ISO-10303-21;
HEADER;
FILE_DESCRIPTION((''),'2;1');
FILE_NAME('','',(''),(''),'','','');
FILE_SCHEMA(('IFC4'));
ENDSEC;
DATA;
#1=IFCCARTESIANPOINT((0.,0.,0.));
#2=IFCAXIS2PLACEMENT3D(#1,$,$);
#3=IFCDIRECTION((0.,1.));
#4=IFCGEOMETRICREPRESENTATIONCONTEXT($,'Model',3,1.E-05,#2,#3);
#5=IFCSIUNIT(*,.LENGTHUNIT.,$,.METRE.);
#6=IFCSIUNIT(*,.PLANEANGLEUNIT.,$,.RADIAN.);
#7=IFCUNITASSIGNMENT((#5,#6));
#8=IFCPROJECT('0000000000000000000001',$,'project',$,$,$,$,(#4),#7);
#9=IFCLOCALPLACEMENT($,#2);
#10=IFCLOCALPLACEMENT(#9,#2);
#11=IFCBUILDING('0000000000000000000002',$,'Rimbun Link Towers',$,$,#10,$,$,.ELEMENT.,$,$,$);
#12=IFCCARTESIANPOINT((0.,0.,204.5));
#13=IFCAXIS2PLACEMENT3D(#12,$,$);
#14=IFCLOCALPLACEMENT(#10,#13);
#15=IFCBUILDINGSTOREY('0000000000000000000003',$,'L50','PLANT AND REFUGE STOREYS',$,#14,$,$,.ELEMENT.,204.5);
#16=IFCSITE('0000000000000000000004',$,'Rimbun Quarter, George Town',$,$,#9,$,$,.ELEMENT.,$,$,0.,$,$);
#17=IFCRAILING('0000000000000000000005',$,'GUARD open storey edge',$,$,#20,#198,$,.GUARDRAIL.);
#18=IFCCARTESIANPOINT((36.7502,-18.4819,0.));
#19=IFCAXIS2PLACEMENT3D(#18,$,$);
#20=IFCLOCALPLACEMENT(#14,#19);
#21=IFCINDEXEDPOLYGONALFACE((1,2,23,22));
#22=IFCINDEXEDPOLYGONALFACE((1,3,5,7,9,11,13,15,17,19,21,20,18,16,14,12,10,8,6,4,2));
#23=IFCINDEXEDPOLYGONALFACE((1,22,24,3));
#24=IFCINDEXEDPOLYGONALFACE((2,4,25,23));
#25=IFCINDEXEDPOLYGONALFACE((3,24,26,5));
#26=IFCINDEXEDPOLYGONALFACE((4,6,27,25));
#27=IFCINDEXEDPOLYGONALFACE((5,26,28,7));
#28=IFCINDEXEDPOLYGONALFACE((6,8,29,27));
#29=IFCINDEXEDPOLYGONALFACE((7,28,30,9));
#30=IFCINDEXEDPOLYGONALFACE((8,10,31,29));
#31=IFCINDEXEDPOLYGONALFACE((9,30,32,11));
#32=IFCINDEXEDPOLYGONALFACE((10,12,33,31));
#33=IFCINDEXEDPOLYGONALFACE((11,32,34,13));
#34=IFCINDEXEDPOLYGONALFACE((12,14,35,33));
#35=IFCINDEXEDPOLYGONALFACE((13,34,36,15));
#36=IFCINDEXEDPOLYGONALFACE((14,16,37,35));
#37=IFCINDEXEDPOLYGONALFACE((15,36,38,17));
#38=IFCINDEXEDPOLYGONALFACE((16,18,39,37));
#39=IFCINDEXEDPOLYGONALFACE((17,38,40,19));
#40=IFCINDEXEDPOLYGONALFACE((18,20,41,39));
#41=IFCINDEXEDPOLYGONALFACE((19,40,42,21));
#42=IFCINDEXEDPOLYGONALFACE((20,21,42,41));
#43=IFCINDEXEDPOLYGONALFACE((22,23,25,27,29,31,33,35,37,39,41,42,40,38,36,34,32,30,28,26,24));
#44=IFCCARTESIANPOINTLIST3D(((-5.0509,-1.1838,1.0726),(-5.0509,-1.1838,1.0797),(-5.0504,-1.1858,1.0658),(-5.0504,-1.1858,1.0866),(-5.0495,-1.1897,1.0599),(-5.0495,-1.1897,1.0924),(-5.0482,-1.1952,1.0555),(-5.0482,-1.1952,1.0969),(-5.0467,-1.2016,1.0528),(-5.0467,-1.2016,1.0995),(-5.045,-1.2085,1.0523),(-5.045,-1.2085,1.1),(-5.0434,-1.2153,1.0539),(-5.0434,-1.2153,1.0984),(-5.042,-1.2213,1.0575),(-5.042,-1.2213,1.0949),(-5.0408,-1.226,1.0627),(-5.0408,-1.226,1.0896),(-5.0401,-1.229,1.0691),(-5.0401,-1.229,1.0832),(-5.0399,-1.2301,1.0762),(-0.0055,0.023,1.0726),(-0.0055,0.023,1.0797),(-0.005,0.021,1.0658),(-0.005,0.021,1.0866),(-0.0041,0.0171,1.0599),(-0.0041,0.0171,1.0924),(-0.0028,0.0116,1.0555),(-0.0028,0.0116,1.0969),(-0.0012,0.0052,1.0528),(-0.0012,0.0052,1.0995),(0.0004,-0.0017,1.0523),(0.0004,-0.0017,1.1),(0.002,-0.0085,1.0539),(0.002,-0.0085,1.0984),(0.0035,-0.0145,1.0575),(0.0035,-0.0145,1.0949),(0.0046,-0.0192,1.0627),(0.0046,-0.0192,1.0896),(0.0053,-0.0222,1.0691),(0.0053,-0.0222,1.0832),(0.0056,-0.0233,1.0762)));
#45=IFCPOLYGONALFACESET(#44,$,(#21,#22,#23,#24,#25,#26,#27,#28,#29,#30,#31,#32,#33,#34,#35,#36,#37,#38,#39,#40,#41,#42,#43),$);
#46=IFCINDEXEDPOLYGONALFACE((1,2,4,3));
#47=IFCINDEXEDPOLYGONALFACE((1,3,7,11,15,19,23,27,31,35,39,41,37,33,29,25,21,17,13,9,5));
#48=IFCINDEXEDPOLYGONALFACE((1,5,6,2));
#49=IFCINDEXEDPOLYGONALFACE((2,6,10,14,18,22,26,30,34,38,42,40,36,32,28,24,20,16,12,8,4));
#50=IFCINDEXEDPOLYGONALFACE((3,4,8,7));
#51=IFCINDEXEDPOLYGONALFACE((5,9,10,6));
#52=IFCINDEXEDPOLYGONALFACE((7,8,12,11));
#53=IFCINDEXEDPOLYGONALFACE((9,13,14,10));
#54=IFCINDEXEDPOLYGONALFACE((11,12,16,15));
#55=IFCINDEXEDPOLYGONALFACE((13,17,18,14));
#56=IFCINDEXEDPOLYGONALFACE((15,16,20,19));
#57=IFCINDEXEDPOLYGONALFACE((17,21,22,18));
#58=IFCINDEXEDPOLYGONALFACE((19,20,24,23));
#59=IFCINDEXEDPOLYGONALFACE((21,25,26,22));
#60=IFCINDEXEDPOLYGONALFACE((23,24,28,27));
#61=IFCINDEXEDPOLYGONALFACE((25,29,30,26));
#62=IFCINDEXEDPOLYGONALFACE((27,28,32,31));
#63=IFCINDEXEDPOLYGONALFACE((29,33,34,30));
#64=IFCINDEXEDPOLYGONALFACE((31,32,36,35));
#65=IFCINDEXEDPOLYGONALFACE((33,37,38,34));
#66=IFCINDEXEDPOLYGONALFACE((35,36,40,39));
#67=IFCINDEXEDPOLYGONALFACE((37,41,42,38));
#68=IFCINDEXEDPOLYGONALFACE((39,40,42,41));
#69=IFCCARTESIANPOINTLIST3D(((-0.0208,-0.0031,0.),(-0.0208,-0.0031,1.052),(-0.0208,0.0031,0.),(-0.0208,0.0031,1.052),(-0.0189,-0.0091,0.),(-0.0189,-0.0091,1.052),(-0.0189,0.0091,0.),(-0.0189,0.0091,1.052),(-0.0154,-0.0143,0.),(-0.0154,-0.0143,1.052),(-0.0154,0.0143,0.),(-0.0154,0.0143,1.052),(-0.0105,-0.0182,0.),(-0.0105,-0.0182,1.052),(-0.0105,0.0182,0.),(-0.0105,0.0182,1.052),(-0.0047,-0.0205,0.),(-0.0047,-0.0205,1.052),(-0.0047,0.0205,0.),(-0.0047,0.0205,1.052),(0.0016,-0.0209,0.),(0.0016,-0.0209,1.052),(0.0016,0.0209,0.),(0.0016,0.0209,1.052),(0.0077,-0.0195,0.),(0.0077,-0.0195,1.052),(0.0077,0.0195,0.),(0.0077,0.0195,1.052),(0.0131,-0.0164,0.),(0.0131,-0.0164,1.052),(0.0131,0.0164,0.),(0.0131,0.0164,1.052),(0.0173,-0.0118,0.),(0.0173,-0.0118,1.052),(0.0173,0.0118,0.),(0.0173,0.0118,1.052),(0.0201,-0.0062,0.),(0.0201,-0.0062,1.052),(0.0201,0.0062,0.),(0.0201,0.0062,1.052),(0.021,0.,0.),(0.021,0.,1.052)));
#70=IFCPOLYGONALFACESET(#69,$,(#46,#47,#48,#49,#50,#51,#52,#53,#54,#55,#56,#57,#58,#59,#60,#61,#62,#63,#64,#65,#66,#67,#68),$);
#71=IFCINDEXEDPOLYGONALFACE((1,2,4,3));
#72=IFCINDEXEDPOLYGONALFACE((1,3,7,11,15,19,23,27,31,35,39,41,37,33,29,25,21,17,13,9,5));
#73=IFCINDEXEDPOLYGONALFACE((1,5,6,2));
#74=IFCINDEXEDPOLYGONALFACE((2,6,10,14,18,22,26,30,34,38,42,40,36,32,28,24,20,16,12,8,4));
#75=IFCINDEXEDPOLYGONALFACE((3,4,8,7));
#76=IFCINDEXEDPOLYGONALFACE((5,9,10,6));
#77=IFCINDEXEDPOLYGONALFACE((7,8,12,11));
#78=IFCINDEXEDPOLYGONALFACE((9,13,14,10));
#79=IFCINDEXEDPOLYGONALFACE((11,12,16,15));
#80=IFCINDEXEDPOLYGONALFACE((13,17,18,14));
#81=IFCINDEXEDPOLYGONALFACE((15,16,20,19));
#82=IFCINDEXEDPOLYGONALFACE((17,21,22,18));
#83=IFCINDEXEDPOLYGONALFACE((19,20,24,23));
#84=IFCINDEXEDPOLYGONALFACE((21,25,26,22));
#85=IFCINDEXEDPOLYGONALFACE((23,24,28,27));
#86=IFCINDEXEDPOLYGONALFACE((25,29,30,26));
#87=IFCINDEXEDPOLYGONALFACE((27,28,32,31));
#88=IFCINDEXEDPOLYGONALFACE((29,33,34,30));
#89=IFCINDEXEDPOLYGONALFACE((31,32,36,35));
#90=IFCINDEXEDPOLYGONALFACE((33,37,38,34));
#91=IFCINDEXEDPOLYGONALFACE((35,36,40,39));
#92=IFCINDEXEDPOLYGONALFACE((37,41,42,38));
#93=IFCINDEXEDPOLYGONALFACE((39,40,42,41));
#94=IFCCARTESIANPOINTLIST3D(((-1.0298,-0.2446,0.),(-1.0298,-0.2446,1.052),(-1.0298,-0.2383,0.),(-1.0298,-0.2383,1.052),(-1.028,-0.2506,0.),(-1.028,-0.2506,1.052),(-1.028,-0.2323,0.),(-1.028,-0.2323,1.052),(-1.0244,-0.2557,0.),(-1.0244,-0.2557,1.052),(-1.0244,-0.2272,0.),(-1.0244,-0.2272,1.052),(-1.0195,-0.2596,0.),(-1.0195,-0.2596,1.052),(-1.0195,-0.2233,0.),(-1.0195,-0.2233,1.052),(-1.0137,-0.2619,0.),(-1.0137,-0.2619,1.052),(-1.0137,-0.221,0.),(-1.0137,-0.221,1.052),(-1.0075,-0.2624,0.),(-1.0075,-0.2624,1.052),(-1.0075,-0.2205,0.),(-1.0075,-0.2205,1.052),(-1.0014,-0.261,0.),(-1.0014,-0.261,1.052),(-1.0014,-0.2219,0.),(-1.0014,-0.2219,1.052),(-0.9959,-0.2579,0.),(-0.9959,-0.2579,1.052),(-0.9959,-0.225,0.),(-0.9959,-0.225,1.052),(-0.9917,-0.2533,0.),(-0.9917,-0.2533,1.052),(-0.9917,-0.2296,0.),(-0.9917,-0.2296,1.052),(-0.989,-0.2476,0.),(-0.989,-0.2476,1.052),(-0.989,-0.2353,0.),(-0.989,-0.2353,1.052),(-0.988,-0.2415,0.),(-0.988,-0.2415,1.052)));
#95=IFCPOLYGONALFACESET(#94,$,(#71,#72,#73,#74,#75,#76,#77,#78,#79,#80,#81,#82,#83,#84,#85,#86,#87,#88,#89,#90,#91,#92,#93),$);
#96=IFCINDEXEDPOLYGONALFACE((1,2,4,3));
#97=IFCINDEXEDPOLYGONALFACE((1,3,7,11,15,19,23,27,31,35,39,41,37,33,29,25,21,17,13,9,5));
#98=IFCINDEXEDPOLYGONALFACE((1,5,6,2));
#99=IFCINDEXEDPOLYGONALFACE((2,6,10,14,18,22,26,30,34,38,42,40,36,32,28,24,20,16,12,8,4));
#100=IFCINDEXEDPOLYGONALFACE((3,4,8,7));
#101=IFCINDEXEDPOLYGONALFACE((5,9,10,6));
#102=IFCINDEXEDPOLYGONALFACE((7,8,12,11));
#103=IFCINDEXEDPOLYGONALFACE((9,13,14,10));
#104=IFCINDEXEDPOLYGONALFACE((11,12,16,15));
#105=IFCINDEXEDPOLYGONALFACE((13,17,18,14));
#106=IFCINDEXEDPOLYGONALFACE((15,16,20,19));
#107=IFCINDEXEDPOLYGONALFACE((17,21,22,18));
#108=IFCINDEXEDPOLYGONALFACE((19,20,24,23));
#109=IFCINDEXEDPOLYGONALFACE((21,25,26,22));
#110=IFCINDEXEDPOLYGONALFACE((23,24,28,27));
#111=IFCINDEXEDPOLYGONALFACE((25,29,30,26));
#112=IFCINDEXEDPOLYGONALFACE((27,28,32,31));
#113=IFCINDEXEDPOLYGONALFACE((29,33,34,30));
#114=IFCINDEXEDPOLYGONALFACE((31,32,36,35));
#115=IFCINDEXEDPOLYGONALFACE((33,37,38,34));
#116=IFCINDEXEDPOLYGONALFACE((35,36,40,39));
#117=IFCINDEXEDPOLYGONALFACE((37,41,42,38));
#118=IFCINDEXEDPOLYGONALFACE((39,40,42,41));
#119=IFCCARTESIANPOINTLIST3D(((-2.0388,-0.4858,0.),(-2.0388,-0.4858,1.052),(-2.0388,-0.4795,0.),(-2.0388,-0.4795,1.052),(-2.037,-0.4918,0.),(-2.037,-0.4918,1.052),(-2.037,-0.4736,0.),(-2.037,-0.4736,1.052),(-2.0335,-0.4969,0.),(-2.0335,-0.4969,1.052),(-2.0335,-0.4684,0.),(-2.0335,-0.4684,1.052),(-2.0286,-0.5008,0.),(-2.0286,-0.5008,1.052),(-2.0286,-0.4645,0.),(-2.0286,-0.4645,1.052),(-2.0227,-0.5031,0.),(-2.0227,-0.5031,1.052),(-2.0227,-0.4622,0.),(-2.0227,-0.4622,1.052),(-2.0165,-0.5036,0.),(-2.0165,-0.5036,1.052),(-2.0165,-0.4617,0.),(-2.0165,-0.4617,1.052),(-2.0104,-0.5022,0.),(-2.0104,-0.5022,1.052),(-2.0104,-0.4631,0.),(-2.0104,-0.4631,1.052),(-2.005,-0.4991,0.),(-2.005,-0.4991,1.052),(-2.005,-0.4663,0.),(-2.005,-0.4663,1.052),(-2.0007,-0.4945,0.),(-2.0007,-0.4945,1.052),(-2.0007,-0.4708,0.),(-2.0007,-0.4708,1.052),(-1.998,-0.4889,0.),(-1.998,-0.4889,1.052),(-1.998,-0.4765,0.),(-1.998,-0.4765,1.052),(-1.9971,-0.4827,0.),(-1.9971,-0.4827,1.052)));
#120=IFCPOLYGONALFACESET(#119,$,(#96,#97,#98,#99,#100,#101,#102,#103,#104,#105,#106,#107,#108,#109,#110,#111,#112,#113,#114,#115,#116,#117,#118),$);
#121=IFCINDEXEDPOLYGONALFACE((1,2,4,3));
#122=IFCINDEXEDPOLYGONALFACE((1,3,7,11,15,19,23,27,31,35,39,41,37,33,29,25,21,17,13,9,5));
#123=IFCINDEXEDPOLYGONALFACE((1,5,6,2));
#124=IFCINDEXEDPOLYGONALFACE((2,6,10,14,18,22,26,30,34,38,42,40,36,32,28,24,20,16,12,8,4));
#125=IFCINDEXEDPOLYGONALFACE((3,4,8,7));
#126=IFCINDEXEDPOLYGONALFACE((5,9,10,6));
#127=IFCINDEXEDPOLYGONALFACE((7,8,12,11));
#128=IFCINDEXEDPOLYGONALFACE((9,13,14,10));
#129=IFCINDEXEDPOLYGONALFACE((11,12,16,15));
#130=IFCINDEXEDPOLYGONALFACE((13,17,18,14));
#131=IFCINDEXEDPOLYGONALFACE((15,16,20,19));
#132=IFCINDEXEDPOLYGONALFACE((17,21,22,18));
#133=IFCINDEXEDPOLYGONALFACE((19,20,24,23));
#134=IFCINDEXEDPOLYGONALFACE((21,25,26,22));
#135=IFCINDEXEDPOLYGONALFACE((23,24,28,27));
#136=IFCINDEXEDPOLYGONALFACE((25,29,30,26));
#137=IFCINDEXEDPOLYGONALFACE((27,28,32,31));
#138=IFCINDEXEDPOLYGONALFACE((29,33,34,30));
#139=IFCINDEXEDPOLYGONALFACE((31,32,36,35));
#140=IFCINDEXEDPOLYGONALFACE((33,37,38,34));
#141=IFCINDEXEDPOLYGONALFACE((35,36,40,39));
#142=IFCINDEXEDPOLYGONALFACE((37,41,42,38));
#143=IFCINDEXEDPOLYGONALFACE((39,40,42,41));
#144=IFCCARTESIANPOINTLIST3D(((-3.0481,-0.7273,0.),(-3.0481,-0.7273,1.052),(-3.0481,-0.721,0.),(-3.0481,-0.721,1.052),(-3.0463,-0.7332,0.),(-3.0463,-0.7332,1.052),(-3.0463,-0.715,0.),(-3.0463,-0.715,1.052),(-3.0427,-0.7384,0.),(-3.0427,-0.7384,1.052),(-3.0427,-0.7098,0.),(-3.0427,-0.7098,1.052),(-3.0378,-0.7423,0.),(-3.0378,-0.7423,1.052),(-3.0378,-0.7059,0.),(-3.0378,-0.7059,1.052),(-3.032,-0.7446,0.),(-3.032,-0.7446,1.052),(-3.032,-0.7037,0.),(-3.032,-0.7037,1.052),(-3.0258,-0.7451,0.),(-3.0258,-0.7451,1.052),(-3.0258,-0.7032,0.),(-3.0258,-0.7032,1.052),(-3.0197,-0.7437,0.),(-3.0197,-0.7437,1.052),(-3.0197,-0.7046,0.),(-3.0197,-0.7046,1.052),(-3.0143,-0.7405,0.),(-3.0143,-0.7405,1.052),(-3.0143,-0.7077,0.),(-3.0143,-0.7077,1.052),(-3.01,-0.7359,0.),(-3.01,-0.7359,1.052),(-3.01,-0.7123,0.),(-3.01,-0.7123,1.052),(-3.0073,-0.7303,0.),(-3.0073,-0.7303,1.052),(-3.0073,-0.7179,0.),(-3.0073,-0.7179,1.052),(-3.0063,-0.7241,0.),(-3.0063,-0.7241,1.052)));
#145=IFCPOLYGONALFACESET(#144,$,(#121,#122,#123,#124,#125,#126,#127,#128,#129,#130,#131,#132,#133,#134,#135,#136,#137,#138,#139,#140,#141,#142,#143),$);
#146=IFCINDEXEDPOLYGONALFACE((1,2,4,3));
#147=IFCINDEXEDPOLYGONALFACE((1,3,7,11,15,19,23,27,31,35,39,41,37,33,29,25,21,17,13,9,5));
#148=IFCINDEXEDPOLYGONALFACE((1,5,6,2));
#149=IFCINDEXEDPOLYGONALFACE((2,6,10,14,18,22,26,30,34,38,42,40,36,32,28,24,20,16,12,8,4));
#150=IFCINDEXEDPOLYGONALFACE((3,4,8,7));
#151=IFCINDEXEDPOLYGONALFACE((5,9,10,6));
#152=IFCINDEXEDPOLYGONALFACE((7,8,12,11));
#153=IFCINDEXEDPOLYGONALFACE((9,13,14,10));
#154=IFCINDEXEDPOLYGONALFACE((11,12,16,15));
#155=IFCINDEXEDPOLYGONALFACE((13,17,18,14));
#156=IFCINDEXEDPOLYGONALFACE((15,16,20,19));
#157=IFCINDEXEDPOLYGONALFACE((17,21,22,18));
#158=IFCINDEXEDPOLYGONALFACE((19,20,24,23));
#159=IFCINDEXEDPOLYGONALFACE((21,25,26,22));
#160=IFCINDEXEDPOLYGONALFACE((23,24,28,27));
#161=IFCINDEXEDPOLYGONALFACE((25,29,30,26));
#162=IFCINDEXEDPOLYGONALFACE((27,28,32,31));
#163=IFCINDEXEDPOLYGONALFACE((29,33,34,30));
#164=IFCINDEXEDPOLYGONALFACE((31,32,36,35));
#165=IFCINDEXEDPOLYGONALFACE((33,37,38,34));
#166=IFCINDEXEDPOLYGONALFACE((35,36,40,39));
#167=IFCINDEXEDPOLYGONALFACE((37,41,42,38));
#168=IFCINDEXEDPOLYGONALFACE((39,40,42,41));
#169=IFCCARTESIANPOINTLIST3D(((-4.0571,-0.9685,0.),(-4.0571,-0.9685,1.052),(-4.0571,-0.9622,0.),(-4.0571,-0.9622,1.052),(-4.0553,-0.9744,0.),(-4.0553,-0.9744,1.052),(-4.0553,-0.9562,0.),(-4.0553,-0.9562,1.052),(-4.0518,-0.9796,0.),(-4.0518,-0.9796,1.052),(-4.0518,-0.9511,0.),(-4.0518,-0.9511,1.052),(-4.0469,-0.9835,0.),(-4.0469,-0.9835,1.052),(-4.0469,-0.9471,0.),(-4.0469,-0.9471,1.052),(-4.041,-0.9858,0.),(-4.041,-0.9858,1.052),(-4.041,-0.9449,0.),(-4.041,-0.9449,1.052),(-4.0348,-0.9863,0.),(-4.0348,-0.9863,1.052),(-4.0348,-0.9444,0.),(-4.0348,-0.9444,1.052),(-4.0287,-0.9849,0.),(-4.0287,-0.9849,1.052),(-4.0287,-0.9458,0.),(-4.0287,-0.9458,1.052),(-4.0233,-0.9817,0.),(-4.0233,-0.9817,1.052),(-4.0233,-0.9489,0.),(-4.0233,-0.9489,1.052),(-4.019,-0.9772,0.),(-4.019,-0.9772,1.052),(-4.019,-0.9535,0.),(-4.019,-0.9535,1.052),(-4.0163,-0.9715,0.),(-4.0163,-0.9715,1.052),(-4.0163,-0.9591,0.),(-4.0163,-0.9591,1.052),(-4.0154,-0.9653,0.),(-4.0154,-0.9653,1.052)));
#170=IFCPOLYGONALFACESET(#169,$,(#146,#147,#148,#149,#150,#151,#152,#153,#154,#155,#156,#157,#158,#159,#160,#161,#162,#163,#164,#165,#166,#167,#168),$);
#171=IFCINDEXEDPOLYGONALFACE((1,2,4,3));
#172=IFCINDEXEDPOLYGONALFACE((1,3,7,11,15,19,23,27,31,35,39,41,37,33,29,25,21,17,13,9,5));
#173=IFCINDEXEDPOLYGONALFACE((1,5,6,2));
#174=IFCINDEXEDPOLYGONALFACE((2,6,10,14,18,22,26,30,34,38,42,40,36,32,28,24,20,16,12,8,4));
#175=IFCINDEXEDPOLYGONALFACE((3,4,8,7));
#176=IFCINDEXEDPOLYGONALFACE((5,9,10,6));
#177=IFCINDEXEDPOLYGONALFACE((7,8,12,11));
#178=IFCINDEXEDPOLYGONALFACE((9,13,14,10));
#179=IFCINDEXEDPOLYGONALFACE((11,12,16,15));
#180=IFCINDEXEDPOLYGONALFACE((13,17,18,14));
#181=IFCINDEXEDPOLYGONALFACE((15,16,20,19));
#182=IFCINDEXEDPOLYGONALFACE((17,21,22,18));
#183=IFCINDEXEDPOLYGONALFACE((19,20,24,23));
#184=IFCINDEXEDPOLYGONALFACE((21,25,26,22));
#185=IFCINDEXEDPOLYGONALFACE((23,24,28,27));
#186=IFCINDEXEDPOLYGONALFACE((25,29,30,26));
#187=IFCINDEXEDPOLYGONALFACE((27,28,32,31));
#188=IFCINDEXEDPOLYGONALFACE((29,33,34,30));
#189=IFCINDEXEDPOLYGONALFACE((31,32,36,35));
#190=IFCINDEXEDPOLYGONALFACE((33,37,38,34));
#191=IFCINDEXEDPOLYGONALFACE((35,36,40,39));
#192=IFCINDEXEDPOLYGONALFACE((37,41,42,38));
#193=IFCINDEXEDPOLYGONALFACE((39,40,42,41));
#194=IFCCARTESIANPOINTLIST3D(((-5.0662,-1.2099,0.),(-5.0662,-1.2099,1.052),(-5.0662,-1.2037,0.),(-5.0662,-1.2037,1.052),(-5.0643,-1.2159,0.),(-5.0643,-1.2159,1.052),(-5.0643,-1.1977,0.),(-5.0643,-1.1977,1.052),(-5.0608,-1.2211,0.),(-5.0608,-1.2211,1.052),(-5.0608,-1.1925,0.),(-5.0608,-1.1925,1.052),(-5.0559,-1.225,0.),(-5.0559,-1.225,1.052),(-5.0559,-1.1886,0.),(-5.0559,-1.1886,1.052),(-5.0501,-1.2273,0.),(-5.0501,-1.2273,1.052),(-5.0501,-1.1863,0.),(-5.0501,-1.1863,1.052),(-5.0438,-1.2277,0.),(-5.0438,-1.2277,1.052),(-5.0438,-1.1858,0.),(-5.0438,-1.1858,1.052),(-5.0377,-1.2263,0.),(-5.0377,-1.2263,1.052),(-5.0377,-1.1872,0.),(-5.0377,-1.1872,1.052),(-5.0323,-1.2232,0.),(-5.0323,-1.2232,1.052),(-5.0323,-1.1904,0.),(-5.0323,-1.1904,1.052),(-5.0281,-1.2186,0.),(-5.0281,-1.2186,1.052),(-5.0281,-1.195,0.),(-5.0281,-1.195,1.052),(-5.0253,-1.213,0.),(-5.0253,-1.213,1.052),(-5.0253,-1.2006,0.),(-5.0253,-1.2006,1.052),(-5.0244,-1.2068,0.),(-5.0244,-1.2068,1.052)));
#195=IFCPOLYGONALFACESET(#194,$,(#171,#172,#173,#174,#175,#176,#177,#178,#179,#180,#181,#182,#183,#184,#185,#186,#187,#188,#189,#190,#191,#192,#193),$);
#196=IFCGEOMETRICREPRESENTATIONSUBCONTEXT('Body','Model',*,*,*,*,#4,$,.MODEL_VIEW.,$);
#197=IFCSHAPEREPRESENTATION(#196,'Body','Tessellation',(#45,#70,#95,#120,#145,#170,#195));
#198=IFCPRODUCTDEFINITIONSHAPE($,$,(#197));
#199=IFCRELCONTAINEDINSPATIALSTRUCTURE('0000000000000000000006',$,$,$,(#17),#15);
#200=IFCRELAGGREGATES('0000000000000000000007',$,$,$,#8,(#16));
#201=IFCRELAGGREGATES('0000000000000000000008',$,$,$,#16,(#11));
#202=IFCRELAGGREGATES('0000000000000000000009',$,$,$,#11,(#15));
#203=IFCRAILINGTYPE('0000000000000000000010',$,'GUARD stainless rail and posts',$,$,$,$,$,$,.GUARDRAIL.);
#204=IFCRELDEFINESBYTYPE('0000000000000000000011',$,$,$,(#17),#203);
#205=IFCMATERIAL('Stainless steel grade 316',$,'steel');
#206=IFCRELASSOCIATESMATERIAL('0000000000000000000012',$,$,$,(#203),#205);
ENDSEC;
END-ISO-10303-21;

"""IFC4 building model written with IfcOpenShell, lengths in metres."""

from ifc_helpers import new_model, si_unit, direction, frame, origin, origin_2d, place, context, subcontext, project, spatial, circle, extrude, material, type_object, element, save


model = new_model("IFC4")

# Units and contexts
model_context = context("Model", 3, precision=1e-05, world=origin(), true_north=direction((0.0, 1.0)))
body_context = subcontext(model_context, "Body", "Model", "MODEL_VIEW")
ifc_project = project(units=[si_unit("LENGTHUNIT", "METRE"), si_unit("PLANEANGLEUNIT", "RADIAN")], contexts=[model_context])

# Site, building, storey
site_placement = place(None, origin())
site = spatial("IfcSite", under=ifc_project, at=site_placement, Name="Rimbun Quarter, George Town", CompositionType="ELEMENT", RefElevation=0.0)
building_placement = place(site_placement, origin())
building = spatial("IfcBuilding", under=site, at=building_placement, Name="Rimbun Link Towers", CompositionType="ELEMENT")
storey_placement = place(building_placement, frame((0.0, 0.0, 204.5)))
storey = spatial("IfcBuildingStorey", under=building, at=storey_placement, Name="L50", Description="PLANT AND REFUGE STOREYS", CompositionType="ELEMENT", Elevation=204.5)

# Railing
ifc_material_1 = material(Name="Stainless steel grade 316", Category="steel")
railing_type = type_object("IfcRailingType", Name="GUARD stainless rail and posts", PredefinedType="GUARDRAIL", material=ifc_material_1)
railing_1_placement = place(storey_placement, frame((36.7502, -18.4819, 0.0)))
element("IfcRailing", 1, at=railing_1_placement, inside=storey, type_object=railing_type, Name="GUARD open storey edge", PredefinedType="GUARDRAIL", context=body_context, shape_type="SweptSolid", body=[
    extrude(circle(Radius=0.0239, at=origin_2d()), frame((0.0, 0.0, 1.0762), z_axis=(-0.972567, -0.232624, 0.0), x_axis=(0.232624, -0.972567, 0.0)), (0.0, 0.0, 1.0), 5.1877),
    extrude(circle(Radius=0.021, at=origin_2d()), origin(), (0.0, 0.0, 1.0), 1.052),
    extrude(circle(Radius=0.021, at=origin_2d()), frame((-1.009, -0.2415, 0.0)), (0.0, 0.0, 1.0), 1.052),
    extrude(circle(Radius=0.021, at=origin_2d()), frame((-2.0181, -0.4827, 0.0)), (0.0, 0.0, 1.0), 1.052),
    extrude(circle(Radius=0.021, at=origin_2d()), frame((-3.0273, -0.7241, 0.0)), (0.0, 0.0, 1.0), 1.052),
    extrude(circle(Radius=0.021, at=origin_2d()), frame((-4.0364, -0.9653, 0.0)), (0.0, 0.0, 1.0), 1.052),
    extrude(circle(Radius=0.021, at=origin_2d()), frame((-5.0454, -1.2068, 0.0)), (0.0, 0.0, 1.0), 1.052),
])

save(model, "model.ifc")
